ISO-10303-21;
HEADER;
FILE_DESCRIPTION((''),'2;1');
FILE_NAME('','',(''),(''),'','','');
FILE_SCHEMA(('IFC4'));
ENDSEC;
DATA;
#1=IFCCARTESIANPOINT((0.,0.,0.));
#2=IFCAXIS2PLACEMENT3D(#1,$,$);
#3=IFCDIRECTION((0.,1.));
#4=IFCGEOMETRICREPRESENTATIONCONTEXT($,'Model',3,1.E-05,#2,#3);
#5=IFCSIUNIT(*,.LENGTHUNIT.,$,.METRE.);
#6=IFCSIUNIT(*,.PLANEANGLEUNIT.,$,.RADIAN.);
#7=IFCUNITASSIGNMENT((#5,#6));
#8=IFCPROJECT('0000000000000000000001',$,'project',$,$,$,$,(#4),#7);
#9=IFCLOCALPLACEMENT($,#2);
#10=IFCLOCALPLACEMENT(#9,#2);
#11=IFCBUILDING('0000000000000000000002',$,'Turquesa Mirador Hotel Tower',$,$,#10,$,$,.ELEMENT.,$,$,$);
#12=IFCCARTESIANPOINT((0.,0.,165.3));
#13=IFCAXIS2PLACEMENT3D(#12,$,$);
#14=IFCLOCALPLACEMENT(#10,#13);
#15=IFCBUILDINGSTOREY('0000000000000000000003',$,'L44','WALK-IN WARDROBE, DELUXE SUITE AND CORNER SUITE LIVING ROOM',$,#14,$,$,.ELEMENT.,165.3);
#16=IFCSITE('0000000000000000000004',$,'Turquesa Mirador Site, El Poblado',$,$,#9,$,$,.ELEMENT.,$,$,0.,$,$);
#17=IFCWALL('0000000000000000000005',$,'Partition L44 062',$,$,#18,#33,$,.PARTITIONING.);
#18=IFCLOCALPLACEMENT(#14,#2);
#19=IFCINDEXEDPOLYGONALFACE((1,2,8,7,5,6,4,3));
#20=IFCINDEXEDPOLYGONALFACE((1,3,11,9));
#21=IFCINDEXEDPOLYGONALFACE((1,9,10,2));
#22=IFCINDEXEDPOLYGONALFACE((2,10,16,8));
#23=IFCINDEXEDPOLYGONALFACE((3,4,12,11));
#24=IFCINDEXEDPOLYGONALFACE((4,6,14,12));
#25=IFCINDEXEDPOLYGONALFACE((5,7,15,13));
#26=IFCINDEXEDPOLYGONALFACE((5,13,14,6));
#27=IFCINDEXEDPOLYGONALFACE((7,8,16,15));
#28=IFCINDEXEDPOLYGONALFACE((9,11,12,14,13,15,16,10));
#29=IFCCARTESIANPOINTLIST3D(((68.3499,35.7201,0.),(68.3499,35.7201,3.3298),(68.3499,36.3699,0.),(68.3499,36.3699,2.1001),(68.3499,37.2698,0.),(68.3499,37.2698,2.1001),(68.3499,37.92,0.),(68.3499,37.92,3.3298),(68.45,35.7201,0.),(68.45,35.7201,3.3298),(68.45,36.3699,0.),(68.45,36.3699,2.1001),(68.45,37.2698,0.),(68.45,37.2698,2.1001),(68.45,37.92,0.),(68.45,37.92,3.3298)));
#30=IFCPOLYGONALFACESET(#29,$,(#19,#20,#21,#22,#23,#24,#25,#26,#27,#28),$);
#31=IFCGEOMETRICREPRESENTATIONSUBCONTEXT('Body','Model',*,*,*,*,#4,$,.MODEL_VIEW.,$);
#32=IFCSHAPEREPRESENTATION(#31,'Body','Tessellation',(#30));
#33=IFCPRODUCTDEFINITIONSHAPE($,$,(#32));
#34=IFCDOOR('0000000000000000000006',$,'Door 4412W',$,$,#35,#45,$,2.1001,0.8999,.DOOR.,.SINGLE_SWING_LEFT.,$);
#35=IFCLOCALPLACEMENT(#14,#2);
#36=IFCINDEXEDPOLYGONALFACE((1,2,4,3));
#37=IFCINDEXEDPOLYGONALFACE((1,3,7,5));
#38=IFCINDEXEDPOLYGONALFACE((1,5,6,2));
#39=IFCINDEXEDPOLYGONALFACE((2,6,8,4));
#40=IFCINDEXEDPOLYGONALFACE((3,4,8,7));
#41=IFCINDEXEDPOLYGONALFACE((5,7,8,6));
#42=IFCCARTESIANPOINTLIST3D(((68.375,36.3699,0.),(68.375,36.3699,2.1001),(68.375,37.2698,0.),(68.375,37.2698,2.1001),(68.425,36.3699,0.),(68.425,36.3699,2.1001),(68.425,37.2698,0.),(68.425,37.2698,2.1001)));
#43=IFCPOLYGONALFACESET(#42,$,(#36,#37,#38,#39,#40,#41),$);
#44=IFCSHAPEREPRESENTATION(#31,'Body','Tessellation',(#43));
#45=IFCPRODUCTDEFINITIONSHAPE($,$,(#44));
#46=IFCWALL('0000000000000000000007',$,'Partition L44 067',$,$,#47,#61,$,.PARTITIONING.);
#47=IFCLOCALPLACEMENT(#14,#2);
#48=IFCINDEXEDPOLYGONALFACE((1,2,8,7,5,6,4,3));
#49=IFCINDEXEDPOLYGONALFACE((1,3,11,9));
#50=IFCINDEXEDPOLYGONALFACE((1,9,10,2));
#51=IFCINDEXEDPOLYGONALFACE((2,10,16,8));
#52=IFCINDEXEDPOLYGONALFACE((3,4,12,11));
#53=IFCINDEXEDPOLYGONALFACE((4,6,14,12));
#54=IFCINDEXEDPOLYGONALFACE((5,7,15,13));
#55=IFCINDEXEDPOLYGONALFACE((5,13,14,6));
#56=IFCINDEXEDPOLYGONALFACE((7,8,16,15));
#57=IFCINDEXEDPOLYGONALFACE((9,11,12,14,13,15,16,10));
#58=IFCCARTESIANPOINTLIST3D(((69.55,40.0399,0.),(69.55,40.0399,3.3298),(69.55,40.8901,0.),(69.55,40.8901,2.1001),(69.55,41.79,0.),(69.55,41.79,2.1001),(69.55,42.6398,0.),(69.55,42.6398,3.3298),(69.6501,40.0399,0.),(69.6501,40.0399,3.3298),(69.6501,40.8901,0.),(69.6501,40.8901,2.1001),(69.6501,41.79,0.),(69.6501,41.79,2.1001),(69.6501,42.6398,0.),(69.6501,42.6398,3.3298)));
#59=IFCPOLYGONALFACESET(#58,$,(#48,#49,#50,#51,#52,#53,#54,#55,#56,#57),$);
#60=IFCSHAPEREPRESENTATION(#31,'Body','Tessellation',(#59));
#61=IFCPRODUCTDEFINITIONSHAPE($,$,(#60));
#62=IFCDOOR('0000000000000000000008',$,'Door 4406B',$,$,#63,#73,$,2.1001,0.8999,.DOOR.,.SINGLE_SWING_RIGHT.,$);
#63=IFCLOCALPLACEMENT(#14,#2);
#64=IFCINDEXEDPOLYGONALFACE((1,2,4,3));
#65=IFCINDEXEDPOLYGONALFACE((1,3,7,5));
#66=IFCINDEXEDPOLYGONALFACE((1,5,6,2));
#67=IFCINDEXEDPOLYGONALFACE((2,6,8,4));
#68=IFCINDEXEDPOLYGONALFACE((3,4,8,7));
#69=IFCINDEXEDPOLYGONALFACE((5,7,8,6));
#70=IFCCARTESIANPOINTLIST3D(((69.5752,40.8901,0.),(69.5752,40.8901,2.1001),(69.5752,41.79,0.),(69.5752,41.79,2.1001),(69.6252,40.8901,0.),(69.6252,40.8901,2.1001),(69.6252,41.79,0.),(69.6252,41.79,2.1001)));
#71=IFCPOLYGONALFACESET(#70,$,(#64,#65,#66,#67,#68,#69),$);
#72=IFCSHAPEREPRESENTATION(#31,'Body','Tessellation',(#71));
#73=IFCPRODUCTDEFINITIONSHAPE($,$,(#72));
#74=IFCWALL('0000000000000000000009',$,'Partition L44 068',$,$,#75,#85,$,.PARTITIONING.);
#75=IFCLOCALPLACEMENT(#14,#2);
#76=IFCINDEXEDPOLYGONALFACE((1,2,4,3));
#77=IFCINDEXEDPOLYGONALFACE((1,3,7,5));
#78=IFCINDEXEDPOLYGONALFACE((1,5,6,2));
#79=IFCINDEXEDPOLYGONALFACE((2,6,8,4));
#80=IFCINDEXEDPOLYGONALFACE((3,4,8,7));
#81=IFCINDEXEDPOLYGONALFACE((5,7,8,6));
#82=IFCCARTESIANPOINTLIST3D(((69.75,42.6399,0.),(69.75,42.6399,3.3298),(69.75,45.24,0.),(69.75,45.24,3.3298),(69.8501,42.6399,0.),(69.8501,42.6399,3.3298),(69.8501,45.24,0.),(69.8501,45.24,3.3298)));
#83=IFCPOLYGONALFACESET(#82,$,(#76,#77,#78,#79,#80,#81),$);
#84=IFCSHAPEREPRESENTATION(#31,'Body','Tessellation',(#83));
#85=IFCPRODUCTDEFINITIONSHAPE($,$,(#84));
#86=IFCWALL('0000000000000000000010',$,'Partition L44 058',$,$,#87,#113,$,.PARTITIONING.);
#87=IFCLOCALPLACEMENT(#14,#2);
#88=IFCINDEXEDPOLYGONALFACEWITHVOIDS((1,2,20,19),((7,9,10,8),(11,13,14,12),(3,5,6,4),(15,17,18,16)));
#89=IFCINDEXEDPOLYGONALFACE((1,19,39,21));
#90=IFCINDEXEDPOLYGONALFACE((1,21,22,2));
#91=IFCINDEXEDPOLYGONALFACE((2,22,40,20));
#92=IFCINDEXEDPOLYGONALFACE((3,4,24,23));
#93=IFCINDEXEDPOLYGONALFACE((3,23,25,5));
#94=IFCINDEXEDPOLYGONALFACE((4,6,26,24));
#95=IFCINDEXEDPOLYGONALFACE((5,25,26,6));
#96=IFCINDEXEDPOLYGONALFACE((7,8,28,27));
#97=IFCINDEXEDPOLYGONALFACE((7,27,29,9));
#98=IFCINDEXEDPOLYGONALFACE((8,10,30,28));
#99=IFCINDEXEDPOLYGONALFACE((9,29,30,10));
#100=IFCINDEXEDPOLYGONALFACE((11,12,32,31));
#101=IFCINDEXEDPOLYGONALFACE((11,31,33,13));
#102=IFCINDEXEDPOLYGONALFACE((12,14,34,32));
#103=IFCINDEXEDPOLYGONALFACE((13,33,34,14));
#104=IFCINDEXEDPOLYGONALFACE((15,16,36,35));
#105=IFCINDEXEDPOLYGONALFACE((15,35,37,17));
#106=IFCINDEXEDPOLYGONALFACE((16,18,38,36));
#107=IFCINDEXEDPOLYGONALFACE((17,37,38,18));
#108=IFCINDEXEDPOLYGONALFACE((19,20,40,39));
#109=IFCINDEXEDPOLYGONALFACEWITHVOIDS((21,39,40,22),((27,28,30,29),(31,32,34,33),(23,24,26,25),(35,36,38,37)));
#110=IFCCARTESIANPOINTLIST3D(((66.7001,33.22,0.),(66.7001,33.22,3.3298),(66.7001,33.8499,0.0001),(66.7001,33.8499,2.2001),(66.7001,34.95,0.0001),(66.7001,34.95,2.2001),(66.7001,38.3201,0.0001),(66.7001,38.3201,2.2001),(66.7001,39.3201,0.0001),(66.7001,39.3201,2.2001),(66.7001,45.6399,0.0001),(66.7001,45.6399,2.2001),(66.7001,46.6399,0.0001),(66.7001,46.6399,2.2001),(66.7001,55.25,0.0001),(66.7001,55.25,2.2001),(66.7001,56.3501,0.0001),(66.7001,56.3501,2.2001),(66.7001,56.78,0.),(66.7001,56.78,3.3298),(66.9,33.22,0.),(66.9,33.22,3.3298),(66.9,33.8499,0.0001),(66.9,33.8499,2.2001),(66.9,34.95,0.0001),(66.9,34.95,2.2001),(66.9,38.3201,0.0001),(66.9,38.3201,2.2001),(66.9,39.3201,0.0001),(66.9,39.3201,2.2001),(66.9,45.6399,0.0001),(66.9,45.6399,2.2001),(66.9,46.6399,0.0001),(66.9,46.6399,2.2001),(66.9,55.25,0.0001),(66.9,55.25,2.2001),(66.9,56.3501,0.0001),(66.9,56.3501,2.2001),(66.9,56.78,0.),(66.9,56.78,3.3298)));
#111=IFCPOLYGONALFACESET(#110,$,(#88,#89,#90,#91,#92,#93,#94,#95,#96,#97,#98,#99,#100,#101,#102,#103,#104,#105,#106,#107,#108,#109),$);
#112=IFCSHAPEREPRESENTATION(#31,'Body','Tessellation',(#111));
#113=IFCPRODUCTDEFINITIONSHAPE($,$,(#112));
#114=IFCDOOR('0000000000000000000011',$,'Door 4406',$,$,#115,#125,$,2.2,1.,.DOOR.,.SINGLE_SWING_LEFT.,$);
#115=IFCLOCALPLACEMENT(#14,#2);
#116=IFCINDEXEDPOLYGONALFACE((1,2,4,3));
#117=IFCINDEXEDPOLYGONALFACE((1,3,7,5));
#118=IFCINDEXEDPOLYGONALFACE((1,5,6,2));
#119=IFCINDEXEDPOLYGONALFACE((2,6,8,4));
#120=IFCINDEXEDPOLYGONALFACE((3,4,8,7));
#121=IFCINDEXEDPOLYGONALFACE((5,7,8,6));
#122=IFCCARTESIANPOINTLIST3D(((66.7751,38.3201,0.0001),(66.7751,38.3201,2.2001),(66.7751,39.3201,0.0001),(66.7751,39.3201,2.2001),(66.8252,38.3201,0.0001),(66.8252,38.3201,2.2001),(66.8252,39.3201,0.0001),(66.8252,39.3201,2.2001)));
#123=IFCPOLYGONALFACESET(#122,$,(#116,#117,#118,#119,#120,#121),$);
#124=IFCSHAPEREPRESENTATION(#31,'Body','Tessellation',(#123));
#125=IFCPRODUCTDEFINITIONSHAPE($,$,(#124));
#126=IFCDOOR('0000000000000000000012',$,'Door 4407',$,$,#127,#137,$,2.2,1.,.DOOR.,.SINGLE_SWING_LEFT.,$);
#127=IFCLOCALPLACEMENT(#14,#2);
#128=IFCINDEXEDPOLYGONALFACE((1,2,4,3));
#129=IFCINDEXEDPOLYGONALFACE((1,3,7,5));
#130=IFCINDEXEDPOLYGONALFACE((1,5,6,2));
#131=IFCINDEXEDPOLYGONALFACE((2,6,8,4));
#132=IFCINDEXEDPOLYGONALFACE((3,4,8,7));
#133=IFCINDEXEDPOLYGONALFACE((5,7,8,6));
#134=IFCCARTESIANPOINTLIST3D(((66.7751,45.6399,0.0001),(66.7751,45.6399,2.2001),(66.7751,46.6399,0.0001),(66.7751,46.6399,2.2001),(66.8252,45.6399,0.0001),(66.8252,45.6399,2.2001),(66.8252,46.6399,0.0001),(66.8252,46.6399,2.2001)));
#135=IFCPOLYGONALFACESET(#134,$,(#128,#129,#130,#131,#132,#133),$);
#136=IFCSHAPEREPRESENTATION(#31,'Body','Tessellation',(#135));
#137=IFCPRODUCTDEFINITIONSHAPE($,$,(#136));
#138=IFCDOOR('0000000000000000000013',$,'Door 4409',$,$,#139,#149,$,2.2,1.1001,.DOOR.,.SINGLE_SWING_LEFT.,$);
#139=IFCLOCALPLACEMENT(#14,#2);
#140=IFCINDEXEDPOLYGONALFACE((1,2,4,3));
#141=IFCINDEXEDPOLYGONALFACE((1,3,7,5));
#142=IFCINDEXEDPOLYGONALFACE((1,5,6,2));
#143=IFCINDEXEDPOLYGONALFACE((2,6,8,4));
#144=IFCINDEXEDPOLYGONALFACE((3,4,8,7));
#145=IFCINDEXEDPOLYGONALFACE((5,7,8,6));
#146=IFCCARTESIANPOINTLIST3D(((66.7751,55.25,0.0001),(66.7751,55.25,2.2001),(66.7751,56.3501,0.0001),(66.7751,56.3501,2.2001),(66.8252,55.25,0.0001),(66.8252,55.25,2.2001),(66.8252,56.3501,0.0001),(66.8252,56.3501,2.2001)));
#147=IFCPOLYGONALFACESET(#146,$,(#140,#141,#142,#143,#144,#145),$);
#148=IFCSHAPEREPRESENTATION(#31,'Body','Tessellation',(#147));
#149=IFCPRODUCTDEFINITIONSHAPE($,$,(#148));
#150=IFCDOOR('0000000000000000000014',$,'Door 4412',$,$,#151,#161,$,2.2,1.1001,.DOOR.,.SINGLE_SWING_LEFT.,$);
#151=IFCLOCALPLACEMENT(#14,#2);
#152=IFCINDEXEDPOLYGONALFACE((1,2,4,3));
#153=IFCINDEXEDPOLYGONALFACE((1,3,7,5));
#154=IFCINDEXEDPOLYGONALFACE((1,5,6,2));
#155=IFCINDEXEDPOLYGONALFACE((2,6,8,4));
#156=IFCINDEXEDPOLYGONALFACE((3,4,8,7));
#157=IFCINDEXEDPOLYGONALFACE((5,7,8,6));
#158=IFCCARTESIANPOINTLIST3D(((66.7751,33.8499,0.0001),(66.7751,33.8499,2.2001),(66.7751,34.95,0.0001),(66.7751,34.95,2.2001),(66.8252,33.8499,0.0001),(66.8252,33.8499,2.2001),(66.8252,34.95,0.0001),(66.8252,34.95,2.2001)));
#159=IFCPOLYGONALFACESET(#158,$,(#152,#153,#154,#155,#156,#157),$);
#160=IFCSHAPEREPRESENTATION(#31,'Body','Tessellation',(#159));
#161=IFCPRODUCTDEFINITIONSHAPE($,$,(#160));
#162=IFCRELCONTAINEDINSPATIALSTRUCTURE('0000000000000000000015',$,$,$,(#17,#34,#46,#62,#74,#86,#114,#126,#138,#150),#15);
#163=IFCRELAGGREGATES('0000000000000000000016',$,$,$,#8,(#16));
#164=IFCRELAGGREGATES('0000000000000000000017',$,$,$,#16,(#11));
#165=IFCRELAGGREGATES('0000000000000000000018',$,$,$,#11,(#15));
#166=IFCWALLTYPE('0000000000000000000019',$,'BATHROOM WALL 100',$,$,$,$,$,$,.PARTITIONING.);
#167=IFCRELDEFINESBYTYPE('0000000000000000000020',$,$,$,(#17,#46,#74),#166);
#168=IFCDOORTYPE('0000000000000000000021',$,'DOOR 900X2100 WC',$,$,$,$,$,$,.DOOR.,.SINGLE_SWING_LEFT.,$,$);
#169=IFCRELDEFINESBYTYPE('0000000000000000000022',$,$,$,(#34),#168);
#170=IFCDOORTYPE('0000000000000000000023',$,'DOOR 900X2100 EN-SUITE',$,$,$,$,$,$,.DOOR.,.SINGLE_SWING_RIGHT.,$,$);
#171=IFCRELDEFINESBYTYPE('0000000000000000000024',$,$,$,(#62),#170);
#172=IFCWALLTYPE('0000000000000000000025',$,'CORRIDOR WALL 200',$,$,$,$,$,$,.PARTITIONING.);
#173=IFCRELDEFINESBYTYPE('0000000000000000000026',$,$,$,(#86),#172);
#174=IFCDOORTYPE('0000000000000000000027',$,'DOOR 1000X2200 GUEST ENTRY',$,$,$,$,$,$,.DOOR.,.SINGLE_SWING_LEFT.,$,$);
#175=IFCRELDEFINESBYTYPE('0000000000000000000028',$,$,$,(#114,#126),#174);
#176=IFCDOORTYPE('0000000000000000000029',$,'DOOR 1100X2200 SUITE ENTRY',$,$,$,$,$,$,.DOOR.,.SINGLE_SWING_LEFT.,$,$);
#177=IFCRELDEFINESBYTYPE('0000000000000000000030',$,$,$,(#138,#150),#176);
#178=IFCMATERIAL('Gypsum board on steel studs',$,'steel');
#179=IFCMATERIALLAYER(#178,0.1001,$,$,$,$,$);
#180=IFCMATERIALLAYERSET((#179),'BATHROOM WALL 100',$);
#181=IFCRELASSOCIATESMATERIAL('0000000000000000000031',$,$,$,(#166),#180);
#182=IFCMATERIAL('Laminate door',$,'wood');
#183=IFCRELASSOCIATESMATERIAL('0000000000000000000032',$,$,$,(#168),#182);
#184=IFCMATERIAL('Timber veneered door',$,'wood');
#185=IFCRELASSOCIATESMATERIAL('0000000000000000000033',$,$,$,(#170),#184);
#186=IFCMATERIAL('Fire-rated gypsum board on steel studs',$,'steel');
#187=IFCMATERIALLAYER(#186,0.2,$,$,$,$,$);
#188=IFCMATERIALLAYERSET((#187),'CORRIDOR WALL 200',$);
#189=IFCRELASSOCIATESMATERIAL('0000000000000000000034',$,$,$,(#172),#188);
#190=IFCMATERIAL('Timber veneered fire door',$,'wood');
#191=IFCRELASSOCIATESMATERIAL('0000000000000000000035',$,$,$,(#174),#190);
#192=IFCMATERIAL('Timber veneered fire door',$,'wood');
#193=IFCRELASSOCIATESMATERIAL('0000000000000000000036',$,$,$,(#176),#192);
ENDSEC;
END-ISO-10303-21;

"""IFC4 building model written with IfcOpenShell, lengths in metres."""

from ifc_helpers import new_model, si_unit, direction, frame, frame_2d, origin, place, context, subcontext, project, spatial, rectangle, extrude, material, layer, layer_set, type_object, element, fill, save


model = new_model("IFC4")

# Units and contexts
model_context = context("Model", 3, precision=1e-05, world=origin(), true_north=direction((0.0, 1.0)))
body_context = subcontext(model_context, "Body", "Model", "MODEL_VIEW")
ifc_project = project(units=[si_unit("LENGTHUNIT", "METRE"), si_unit("PLANEANGLEUNIT", "RADIAN")], contexts=[model_context])

# Site, building, storey
site_placement = place(None, origin())
site = spatial("IfcSite", under=ifc_project, at=site_placement, Name="Turquesa Mirador Site, El Poblado", CompositionType="ELEMENT", RefElevation=0.0)
building_placement = place(site_placement, origin())
building = spatial("IfcBuilding", under=site, at=building_placement, Name="Turquesa Mirador Hotel Tower", CompositionType="ELEMENT")
storey_placement = place(building_placement, frame((0.0, 0.0, 165.3)))
storey = spatial("IfcBuildingStorey", under=building, at=storey_placement, Name="L44", Description="WALK-IN WARDROBE, DELUXE SUITE AND CORNER SUITE LIVING ROOM", CompositionType="ELEMENT", Elevation=165.3)

# Shared definitions
ifc_material_1 = material(Name="Gypsum board on steel studs", Category="steel")
ifc_layer_1 = layer(ifc_material_1, 0.1001)
ifc_layer_set_1 = layer_set([ifc_layer_1], Name="BATHROOM WALL 100")
wall_type_1 = type_object("IfcWallType", Name="BATHROOM WALL 100", PredefinedType="PARTITIONING", material=ifc_layer_set_1)

# Walls, openings, doors
wall_1_placement = place(storey_placement, frame((68.3999, 35.72, 0.0), z_axis=(0.0, 0.0, 1.0), x_axis=(0.0, 1.0, 0.0)))
wall_1 = element("IfcWall", 1, at=wall_1_placement, inside=storey, type_object=wall_type_1, Name="Partition L44 062", PredefinedType="PARTITIONING", context=body_context, shape_type="SweptSolid", body=[
    extrude(rectangle(XDim=2.2, YDim=0.1001, at=frame_2d((1.1001, 0.0))), origin(), (0.0, 0.0, 1.0), 3.3298),
])
opening_1_placement = place(wall_1_placement, frame((0.6499, 0.0, 0.0)))
opening_1 = element("IfcOpeningElement", 2, at=opening_1_placement, cuts=wall_1, PredefinedType="OPENING", context=body_context, shape_type="SweptSolid", body=[
    extrude(rectangle(XDim=0.8999, YDim=2.1001, at=frame_2d((0.45, 1.05))), frame((0.0, 0.0601, 0.0), z_axis=(0.0, -1.0, 0.0), x_axis=(1.0, 0.0, 0.0)), (0.0, 0.0, 1.0), 0.1201),
])
ifc_material_2 = material(Name="Laminate door", Category="wood")
door_type_1 = type_object("IfcDoorType", Name="DOOR 900X2100 WC", OperationType="SINGLE_SWING_LEFT", PredefinedType="DOOR", material=ifc_material_2)
door_1_placement = place(opening_1_placement, origin())
door_1 = element("IfcDoor", 3, at=door_1_placement, inside=storey, type_object=door_type_1, Name="Door 4412W", OperationType="SINGLE_SWING_LEFT", OverallHeight=2.1001, OverallWidth=0.8999, PredefinedType="DOOR", context=body_context, shape_type="SweptSolid", body=[
    extrude(rectangle(XDim=0.8999, YDim=2.1001, at=frame_2d((0.45, 1.05))), frame((0.0, 0.0249, 0.0), z_axis=(0.0, -1.0, 0.0), x_axis=(1.0, 0.0, 0.0)), (0.0, 0.0, 1.0), 0.05),
])
fill(opening_1, door_1)
wall_2_placement = place(storey_placement, frame((69.6001, 40.04, 0.0), z_axis=(0.0, 0.0, 1.0), x_axis=(0.0, 1.0, 0.0)))
wall_2 = element("IfcWall", 4, at=wall_2_placement, inside=storey, type_object=wall_type_1, Name="Partition L44 067", PredefinedType="PARTITIONING", context=body_context, shape_type="SweptSolid", body=[
    extrude(rectangle(XDim=2.5999, YDim=0.1001, at=frame_2d((1.2998, 0.0))), origin(), (0.0, 0.0, 1.0), 3.3298),
])
opening_2_placement = place(wall_2_placement, frame((0.8501, 0.0, 0.0)))
opening_2 = element("IfcOpeningElement", 5, at=opening_2_placement, cuts=wall_2, PredefinedType="OPENING", context=body_context, shape_type="SweptSolid", body=[
    extrude(rectangle(XDim=0.8999, YDim=2.1001, at=frame_2d((0.45, 1.05))), frame((0.0, 0.0601, 0.0), z_axis=(0.0, -1.0, 0.0), x_axis=(1.0, 0.0, 0.0)), (0.0, 0.0, 1.0), 0.1201),
])
ifc_material_3 = material(Name="Timber veneered door", Category="wood")
door_type_2 = type_object("IfcDoorType", Name="DOOR 900X2100 EN-SUITE", OperationType="SINGLE_SWING_RIGHT", PredefinedType="DOOR", material=ifc_material_3)
door_2_placement = place(opening_2_placement, origin())
door_2 = element("IfcDoor", 6, at=door_2_placement, inside=storey, type_object=door_type_2, Name="Door 4406B", OperationType="SINGLE_SWING_RIGHT", OverallHeight=2.1001, OverallWidth=0.8999, PredefinedType="DOOR", context=body_context, shape_type="SweptSolid", body=[
    extrude(rectangle(XDim=0.8999, YDim=2.1001, at=frame_2d((0.45, 1.05))), frame((0.0, 0.0249, 0.0), z_axis=(0.0, -1.0, 0.0), x_axis=(1.0, 0.0, 0.0)), (0.0, 0.0, 1.0), 0.05),
])
fill(opening_2, door_2)

# Wall
wall_3_placement = place(storey_placement, frame((69.8, 42.6399, 0.0), z_axis=(0.0, 0.0, 1.0), x_axis=(0.0, 1.0, 0.0)))
element("IfcWall", 7, at=wall_3_placement, inside=storey, type_object=wall_type_1, Name="Partition L44 068", PredefinedType="PARTITIONING", context=body_context, shape_type="SweptSolid", body=[
    extrude(rectangle(XDim=2.6001, YDim=0.1001, at=frame_2d((1.3, 0.0))), origin(), (0.0, 0.0, 1.0), 3.3298),
])

# Wall, openings, doors
ifc_material_4 = material(Name="Fire-rated gypsum board on steel studs", Category="steel")
ifc_layer_2 = layer(ifc_material_4, 0.2)
ifc_layer_set_2 = layer_set([ifc_layer_2], Name="CORRIDOR WALL 200")
wall_type_2 = type_object("IfcWallType", Name="CORRIDOR WALL 200", PredefinedType="PARTITIONING", material=ifc_layer_set_2)
wall_4_placement = place(storey_placement, frame((66.8, 33.22, 0.0), z_axis=(0.0, 0.0, 1.0), x_axis=(0.0, 1.0, 0.0)))
wall_4 = element("IfcWall", 8, at=wall_4_placement, inside=storey, type_object=wall_type_2, Name="Partition L44 058", PredefinedType="PARTITIONING", context=body_context, shape_type="SweptSolid", body=[
    extrude(rectangle(XDim=23.5601, YDim=0.2, at=frame_2d((11.78, 0.0))), origin(), (0.0, 0.0, 1.0), 3.3298),
])
opening_3_placement = place(wall_4_placement, frame((5.1001, 0.0, 0.0)))
opening_3 = element("IfcOpeningElement", 9, at=opening_3_placement, cuts=wall_4, PredefinedType="OPENING", context=body_context, shape_type="SweptSolid", body=[
    extrude(rectangle(XDim=1.0, YDim=2.2, at=frame_2d((0.5, 1.1001))), frame((0.0, 0.1099, 0.0), z_axis=(0.0, -1.0, 0.0), x_axis=(1.0, 0.0, 0.0)), (0.0, 0.0, 1.0), 0.22),
])
opening_4_placement = place(wall_4_placement, frame((12.4199, 0.0, 0.0)))
opening_4 = element("IfcOpeningElement", 10, at=opening_4_placement, cuts=wall_4, PredefinedType="OPENING", context=body_context, shape_type="SweptSolid", body=[
    extrude(rectangle(XDim=1.0, YDim=2.2, at=frame_2d((0.5, 1.1001))), frame((0.0, 0.1099, 0.0), z_axis=(0.0, -1.0, 0.0), x_axis=(1.0, 0.0, 0.0)), (0.0, 0.0, 1.0), 0.22),
])
opening_5_placement = place(wall_4_placement, frame((22.03, 0.0, 0.0)))
opening_5 = element("IfcOpeningElement", 11, at=opening_5_placement, cuts=wall_4, PredefinedType="OPENING", context=body_context, shape_type="SweptSolid", body=[
    extrude(rectangle(XDim=1.1001, YDim=2.2, at=frame_2d((0.55, 1.1001))), frame((0.0, 0.1099, 0.0), z_axis=(0.0, -1.0, 0.0), x_axis=(1.0, 0.0, 0.0)), (0.0, 0.0, 1.0), 0.22),
])
opening_6_placement = place(wall_4_placement, frame((0.6299, 0.0, 0.0)))
opening_6 = element("IfcOpeningElement", 12, at=opening_6_placement, cuts=wall_4, PredefinedType="OPENING", context=body_context, shape_type="SweptSolid", body=[
    extrude(rectangle(XDim=1.1001, YDim=2.2, at=frame_2d((0.55, 1.1001))), frame((0.0, 0.1099, 0.0), z_axis=(0.0, -1.0, 0.0), x_axis=(1.0, 0.0, 0.0)), (0.0, 0.0, 1.0), 0.22),
])
ifc_material_5 = material(Name="Timber veneered fire door", Category="wood")
door_type_3 = type_object("IfcDoorType", Name="DOOR 1000X2200 GUEST ENTRY", OperationType="SINGLE_SWING_LEFT", PredefinedType="DOOR", material=ifc_material_5)
door_3_placement = place(opening_3_placement, origin())
door_3 = element("IfcDoor", 13, at=door_3_placement, inside=storey, type_object=door_type_3, Name="Door 4406", OperationType="SINGLE_SWING_LEFT", OverallHeight=2.2, OverallWidth=1.0, PredefinedType="DOOR", context=body_context, shape_type="SweptSolid", body=[
    extrude(rectangle(XDim=1.0, YDim=2.2, at=frame_2d((0.5, 1.1001))), frame((0.0, 0.0249, 0.0), z_axis=(0.0, -1.0, 0.0), x_axis=(1.0, 0.0, 0.0)), (0.0, 0.0, 1.0), 0.05),
])
fill(opening_3, door_3)
door_4_placement = place(opening_4_placement, origin())
door_4 = element("IfcDoor", 14, at=door_4_placement, inside=storey, type_object=door_type_3, Name="Door 4407", OperationType="SINGLE_SWING_LEFT", OverallHeight=2.2, OverallWidth=1.0, PredefinedType="DOOR", context=body_context, shape_type="SweptSolid", body=[
    extrude(rectangle(XDim=1.0, YDim=2.2, at=frame_2d((0.5, 1.1001))), frame((0.0, 0.0249, 0.0), z_axis=(0.0, -1.0, 0.0), x_axis=(1.0, 0.0, 0.0)), (0.0, 0.0, 1.0), 0.05),
])
fill(opening_4, door_4)
ifc_material_6 = material(Name="Timber veneered fire door", Category="wood")
door_type_4 = type_object("IfcDoorType", Name="DOOR 1100X2200 SUITE ENTRY", OperationType="SINGLE_SWING_LEFT", PredefinedType="DOOR", material=ifc_material_6)
door_5_placement = place(opening_5_placement, origin())
door_5 = element("IfcDoor", 15, at=door_5_placement, inside=storey, type_object=door_type_4, Name="Door 4409", OperationType="SINGLE_SWING_LEFT", OverallHeight=2.2, OverallWidth=1.1001, PredefinedType="DOOR", context=body_context, shape_type="SweptSolid", body=[
    extrude(rectangle(XDim=1.1001, YDim=2.2, at=frame_2d((0.55, 1.1001))), frame((0.0, 0.0249, 0.0), z_axis=(0.0, -1.0, 0.0), x_axis=(1.0, 0.0, 0.0)), (0.0, 0.0, 1.0), 0.05),
])
fill(opening_5, door_5)
door_6_placement = place(opening_6_placement, origin())
door_6 = element("IfcDoor", 16, at=door_6_placement, inside=storey, type_object=door_type_4, Name="Door 4412", OperationType="SINGLE_SWING_LEFT", OverallHeight=2.2, OverallWidth=1.1001, PredefinedType="DOOR", context=body_context, shape_type="SweptSolid", body=[
    extrude(rectangle(XDim=1.1001, YDim=2.2, at=frame_2d((0.55, 1.1001))), frame((0.0, 0.0249, 0.0), z_axis=(0.0, -1.0, 0.0), x_axis=(1.0, 0.0, 0.0)), (0.0, 0.0, 1.0), 0.05),
])
fill(opening_6, door_6)

save(model, "model.ifc")
